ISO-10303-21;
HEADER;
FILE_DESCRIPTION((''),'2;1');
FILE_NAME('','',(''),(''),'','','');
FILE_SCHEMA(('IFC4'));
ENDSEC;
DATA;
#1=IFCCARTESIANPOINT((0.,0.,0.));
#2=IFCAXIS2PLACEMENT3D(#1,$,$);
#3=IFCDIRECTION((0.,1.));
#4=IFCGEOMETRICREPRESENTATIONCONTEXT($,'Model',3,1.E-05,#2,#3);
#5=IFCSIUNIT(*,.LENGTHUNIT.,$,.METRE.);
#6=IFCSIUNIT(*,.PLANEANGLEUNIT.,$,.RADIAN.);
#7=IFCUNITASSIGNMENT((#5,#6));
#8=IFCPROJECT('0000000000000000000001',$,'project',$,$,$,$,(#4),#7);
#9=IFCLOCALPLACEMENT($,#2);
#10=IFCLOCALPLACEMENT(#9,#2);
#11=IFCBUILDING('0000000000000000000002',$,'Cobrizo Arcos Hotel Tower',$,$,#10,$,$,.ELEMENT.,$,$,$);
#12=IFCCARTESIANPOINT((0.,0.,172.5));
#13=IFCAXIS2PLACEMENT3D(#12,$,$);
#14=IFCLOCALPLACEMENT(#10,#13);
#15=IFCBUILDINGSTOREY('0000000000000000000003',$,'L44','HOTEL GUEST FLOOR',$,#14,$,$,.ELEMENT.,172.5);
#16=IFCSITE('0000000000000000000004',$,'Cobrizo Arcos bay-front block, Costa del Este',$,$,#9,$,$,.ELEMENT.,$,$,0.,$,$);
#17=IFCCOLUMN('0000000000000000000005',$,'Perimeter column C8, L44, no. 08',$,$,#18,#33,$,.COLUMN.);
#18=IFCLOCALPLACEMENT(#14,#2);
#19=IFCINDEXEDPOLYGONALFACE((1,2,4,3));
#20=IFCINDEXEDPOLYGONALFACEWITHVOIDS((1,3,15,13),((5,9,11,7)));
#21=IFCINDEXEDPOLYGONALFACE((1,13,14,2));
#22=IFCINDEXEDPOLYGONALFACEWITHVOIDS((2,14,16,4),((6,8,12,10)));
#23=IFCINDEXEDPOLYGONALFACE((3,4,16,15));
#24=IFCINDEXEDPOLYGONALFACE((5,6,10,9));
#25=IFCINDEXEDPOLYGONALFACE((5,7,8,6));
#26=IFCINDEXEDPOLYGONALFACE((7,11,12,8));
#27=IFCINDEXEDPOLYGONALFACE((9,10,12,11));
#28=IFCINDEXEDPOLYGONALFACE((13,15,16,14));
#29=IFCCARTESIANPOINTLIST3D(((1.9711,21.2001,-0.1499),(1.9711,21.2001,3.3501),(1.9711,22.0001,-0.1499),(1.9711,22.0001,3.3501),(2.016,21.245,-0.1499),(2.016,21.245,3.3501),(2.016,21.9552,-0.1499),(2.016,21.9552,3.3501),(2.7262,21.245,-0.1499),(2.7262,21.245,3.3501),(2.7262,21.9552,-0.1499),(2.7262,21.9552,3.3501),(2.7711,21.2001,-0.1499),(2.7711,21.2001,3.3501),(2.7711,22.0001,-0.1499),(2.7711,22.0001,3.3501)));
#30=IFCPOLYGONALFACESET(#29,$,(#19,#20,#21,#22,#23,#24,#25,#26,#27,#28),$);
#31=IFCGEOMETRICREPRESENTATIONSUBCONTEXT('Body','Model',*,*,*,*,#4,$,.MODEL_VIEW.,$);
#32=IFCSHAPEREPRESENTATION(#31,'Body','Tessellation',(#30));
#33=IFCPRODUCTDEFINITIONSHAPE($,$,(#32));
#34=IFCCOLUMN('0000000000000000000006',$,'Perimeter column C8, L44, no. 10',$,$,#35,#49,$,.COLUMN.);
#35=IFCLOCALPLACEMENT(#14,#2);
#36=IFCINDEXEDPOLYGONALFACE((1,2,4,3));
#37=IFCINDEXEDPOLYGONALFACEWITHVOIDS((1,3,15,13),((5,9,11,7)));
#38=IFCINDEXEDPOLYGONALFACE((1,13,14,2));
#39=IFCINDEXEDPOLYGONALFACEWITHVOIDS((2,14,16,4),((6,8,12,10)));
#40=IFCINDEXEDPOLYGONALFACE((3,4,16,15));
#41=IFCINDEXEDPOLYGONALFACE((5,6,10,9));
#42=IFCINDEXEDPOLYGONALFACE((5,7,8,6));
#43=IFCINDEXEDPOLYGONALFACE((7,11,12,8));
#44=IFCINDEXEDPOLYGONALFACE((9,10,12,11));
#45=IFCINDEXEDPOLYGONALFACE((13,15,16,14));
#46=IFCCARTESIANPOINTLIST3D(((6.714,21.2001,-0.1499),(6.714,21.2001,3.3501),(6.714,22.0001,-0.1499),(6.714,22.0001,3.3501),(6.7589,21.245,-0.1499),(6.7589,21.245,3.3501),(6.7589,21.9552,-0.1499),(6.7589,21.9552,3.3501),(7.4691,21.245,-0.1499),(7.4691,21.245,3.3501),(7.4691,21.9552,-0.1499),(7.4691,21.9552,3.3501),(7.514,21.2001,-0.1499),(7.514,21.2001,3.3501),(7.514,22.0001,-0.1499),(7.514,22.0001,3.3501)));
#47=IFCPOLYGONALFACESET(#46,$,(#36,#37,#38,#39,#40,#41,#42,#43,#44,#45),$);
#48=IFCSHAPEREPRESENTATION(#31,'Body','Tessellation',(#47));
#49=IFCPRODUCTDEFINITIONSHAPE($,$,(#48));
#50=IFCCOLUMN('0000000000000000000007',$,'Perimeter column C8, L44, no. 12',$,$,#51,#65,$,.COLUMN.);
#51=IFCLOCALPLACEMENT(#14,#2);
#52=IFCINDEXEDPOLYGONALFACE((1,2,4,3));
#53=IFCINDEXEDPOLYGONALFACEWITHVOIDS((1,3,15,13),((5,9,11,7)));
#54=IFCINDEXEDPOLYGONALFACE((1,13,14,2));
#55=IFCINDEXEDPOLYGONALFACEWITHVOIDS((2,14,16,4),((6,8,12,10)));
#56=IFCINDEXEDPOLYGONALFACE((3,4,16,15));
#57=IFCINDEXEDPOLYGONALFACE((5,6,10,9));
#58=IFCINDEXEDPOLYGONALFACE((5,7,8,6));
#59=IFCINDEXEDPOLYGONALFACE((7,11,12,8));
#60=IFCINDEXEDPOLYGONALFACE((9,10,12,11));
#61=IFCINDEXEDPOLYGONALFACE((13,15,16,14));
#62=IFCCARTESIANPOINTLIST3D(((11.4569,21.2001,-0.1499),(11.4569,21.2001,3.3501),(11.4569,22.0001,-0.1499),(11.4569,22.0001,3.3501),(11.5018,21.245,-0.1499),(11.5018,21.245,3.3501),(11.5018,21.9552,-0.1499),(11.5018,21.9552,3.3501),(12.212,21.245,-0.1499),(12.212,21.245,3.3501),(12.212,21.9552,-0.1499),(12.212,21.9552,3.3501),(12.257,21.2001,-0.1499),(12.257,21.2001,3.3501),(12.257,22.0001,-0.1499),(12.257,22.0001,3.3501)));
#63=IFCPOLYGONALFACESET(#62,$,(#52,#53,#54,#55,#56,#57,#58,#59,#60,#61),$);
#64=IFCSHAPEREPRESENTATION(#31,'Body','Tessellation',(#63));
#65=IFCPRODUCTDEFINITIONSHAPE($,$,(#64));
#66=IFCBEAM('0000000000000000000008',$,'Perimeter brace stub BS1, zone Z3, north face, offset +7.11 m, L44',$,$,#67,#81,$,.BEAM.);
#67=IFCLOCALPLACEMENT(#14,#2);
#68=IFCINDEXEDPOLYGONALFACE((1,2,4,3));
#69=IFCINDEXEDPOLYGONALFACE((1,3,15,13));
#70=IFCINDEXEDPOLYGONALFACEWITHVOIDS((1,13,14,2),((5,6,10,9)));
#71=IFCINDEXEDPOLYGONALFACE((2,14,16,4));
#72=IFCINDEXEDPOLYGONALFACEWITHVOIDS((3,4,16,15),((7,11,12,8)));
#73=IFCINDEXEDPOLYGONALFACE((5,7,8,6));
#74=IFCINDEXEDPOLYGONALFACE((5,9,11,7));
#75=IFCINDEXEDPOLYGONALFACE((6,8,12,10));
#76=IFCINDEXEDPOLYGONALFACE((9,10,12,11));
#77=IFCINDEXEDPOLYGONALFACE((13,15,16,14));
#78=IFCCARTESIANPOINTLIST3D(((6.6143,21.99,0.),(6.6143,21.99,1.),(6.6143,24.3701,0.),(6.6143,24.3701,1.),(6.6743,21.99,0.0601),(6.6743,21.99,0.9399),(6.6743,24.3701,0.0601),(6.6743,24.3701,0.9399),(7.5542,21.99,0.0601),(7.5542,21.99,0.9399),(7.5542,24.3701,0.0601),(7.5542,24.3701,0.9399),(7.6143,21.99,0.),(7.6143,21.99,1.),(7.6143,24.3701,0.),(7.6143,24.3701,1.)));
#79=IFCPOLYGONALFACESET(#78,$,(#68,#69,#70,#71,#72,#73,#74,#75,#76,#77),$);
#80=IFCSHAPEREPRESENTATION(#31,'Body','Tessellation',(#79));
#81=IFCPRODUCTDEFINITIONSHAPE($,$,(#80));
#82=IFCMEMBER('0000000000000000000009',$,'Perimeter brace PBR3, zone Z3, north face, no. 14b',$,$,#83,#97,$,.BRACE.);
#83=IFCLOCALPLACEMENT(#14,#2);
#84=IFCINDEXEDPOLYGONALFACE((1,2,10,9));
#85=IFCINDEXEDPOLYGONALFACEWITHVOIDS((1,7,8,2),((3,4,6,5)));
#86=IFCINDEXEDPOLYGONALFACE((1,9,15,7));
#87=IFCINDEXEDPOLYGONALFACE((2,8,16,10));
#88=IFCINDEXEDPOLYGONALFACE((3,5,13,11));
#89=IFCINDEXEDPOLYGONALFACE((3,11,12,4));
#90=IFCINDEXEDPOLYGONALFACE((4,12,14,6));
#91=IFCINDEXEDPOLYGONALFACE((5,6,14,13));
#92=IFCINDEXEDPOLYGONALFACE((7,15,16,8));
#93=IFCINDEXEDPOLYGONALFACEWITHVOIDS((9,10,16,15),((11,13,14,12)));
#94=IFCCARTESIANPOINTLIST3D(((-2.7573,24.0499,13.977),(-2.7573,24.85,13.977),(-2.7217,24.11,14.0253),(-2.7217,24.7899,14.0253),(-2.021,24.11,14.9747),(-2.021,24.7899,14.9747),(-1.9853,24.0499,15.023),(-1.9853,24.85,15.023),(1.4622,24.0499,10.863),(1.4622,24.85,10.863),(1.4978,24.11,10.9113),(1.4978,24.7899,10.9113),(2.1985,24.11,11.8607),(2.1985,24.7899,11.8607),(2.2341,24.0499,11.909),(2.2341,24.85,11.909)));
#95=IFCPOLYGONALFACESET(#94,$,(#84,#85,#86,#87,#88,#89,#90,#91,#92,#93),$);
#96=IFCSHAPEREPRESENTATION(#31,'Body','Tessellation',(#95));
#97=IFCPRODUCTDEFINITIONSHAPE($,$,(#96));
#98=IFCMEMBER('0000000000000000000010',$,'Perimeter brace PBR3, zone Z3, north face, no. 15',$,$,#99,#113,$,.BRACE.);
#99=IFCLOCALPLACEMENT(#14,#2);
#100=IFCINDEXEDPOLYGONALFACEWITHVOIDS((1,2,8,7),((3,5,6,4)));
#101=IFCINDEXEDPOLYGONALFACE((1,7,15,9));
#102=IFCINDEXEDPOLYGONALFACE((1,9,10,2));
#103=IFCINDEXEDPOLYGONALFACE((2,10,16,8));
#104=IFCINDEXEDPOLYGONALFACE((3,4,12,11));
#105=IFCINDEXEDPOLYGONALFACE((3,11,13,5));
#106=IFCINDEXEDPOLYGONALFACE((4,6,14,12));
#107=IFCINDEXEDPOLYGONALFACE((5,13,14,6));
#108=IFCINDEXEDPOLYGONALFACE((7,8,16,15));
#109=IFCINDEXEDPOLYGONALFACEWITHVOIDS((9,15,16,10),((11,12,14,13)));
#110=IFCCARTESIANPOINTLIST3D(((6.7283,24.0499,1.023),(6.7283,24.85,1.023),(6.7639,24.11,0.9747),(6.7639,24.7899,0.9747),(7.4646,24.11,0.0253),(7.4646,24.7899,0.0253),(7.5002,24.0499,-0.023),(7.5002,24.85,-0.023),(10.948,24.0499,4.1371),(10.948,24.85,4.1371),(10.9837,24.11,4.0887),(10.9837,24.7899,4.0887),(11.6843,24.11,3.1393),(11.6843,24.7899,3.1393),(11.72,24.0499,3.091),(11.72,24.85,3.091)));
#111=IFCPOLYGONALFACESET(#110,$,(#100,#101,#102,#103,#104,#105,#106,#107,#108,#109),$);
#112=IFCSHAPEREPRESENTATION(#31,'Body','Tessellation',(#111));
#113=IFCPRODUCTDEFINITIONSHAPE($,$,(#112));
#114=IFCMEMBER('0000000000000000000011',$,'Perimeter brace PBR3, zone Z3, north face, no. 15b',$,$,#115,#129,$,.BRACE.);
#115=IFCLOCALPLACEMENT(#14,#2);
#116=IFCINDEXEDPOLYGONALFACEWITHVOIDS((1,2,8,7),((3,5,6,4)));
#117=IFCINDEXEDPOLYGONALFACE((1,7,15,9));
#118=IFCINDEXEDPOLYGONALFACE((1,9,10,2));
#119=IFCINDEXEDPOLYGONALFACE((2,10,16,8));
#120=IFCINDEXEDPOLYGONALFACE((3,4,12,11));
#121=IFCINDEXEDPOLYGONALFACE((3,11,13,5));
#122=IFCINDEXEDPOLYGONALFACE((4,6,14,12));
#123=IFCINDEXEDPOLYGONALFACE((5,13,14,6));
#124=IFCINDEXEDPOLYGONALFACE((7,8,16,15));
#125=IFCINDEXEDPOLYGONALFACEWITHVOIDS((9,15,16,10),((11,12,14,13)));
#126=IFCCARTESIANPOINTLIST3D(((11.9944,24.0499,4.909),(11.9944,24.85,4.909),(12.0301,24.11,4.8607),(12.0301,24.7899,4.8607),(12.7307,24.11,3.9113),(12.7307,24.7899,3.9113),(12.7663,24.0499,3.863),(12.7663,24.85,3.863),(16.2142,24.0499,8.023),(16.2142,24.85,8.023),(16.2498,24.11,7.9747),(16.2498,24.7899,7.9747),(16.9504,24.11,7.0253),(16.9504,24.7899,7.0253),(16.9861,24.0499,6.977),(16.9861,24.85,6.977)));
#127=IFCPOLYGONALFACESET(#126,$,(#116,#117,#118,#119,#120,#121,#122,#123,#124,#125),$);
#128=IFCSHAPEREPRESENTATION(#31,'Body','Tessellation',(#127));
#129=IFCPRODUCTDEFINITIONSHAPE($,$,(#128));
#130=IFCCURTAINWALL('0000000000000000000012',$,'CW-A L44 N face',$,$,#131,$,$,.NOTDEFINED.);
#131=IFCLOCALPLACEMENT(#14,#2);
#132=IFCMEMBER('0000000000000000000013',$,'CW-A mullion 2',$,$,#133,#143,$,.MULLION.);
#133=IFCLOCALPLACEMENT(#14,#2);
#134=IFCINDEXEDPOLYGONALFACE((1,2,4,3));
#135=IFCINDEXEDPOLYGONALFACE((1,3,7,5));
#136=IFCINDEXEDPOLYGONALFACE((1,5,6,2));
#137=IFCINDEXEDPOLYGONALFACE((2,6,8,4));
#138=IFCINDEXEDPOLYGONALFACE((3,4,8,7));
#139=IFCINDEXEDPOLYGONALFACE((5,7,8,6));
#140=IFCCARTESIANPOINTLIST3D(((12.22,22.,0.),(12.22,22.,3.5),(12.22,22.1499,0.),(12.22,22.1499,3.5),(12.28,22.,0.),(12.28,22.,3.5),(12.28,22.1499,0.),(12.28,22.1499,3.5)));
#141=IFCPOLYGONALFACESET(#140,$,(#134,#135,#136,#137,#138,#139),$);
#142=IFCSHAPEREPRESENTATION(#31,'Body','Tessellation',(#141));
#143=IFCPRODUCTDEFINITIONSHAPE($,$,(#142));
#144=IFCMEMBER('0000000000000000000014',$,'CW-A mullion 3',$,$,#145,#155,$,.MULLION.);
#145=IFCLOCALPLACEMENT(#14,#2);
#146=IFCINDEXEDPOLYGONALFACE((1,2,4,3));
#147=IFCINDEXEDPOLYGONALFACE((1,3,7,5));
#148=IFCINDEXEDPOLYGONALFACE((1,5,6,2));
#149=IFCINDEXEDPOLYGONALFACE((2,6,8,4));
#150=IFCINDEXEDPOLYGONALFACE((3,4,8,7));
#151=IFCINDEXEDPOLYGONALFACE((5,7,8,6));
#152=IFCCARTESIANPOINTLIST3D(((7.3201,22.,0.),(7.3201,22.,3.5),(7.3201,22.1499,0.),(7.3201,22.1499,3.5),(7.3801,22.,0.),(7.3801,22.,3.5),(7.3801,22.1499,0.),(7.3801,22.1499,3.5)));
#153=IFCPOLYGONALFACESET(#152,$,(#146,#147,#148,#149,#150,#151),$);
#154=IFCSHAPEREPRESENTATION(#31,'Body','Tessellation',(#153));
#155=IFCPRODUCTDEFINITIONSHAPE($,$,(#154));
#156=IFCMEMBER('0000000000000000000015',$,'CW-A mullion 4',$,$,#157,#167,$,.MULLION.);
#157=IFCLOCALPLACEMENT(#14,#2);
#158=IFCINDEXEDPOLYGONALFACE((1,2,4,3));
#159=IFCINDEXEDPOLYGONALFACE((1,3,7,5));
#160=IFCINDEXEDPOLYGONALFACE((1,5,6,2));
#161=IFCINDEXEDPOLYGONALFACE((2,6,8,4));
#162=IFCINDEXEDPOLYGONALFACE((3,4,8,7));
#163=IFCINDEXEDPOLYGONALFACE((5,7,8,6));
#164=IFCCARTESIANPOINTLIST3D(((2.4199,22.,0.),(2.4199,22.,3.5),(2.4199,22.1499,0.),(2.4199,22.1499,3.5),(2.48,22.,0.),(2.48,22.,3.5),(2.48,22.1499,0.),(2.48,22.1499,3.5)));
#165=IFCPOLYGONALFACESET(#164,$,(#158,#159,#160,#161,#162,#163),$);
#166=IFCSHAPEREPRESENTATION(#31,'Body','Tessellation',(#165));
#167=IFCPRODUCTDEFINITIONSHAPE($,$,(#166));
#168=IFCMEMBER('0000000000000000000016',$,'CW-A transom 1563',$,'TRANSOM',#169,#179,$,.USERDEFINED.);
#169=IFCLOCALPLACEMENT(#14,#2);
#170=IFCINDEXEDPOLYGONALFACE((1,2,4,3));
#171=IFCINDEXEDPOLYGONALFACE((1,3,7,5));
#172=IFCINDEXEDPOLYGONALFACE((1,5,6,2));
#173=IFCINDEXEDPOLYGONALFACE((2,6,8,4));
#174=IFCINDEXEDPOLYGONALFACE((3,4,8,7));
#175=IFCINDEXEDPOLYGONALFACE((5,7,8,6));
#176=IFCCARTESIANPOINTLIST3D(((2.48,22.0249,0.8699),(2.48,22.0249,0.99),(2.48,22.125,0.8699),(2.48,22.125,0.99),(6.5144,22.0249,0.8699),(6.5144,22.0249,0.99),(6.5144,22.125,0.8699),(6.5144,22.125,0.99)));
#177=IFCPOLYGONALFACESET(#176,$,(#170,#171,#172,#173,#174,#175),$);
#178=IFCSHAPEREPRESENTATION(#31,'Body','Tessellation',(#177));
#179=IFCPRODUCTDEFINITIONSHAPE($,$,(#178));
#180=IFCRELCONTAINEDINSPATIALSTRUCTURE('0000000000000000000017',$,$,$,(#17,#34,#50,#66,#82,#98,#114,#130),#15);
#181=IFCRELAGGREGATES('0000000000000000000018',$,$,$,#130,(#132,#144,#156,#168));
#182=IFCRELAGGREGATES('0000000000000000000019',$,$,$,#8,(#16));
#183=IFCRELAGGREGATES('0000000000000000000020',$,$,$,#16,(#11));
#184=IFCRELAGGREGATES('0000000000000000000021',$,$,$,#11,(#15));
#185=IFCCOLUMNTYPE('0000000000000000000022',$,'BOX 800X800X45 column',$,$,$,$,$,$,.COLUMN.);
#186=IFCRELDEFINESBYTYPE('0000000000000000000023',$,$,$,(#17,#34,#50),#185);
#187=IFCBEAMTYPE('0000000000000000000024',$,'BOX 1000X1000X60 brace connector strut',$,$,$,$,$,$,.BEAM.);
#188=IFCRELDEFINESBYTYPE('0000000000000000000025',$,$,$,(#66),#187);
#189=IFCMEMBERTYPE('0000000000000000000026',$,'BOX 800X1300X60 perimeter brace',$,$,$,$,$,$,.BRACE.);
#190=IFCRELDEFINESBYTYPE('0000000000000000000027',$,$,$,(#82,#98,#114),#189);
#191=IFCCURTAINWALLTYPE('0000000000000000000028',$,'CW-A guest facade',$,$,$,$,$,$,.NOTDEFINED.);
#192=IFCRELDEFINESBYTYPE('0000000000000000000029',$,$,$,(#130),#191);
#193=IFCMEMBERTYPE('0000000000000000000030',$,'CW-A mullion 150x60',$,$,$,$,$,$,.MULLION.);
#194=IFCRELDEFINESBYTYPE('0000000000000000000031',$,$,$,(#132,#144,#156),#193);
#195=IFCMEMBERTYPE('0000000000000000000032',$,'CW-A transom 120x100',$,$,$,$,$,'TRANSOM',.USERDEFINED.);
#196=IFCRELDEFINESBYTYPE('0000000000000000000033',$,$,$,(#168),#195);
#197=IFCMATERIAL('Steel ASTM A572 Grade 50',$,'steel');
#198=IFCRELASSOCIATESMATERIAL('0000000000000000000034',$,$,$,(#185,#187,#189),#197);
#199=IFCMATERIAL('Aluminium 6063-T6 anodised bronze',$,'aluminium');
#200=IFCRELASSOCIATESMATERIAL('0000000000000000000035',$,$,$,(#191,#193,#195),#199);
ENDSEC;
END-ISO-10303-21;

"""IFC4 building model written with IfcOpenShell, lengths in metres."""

from ifc_helpers import new_model, si_unit, direction, frame, origin, origin_2d, place, context, subcontext, project, spatial, rectangle, hollow_rectangle, extrude, material, material_profile, profile_set, type_object, element, aggregate, save


model = new_model("IFC4")

# Units and contexts
model_context = context("Model", 3, precision=1e-05, world=origin(), true_north=direction((0.0, 1.0)))
body_context = subcontext(model_context, "Body", "Model", "MODEL_VIEW")
ifc_project = project(units=[si_unit("LENGTHUNIT", "METRE"), si_unit("PLANEANGLEUNIT", "RADIAN")], contexts=[model_context])

# Site, building, storey
site_placement = place(None, origin())
site = spatial("IfcSite", under=ifc_project, at=site_placement, Name="Cobrizo Arcos bay-front block, Costa del Este", CompositionType="ELEMENT", RefElevation=0.0)
building_placement = place(site_placement, origin())
building = spatial("IfcBuilding", under=site, at=building_placement, Name="Cobrizo Arcos Hotel Tower", CompositionType="ELEMENT")
storey_placement = place(building_placement, frame((0.0, 0.0, 172.5)))
storey = spatial("IfcBuildingStorey", under=building, at=storey_placement, Name="L44", Description="HOTEL GUEST FLOOR", CompositionType="ELEMENT", Elevation=172.5)

# Columns
ifc_material_1 = material(Name="Steel ASTM A572 Grade 50", Category="steel")
ifc_material_profile_1 = material_profile(ifc_material_1, hollow_rectangle(XDim=0.8, YDim=0.8, WallThickness=0.0449, at=origin_2d()), Name="BOX 800X800X45")
ifc_profile_set_1 = profile_set([ifc_material_profile_1], Name="Steel ASTM A572 Grade 50")
column_type = type_object("IfcColumnType", Name="BOX 800X800X45 column", PredefinedType="COLUMN", material=ifc_profile_set_1)
for number, where, z_axis, x_axis, name in (
    (1, (2.3711, 21.6001, -0.1499), (0.0, 0.0, 1.0), (1.0, 0.0, 0.0), "Perimeter column C8, L44, no. 08"),
    (2, (7.114, 21.6001, -0.1499), (0.0, 0.0, 1.0), (1.0, 0.0, 0.0), "Perimeter column C8, L44, no. 10"),
    (3, (11.8569, 21.6001, -0.1499), (0.0, 0.0, 1.0), (1.0, 0.0, 0.0), "Perimeter column C8, L44, no. 12"),
):
    element("IfcColumn", number, at=place(storey_placement, frame(where, z_axis=z_axis, x_axis=x_axis)), inside=storey, type_object=column_type, Name=name, PredefinedType="COLUMN", context=body_context, shape_type="SweptSolid", body=[
        extrude(hollow_rectangle(XDim=0.8, YDim=0.8, WallThickness=0.0449, at=origin_2d()), origin(), (0.0, 0.0, 1.0), 3.5),
    ])

# Beam
ifc_material_profile_2 = material_profile(ifc_material_1, hollow_rectangle(XDim=1.0, YDim=1.0, WallThickness=0.0601, at=origin_2d()), Name="BOX 1000X1000X60")
ifc_profile_set_2 = profile_set([ifc_material_profile_2], Name="Steel ASTM A572 Grade 50")
beam_type_1 = type_object("IfcBeamType", Name="BOX 1000X1000X60 brace connector strut", PredefinedType="BEAM", material=ifc_profile_set_2)
beam_1_placement = place(storey_placement, frame((7.1143, 21.99, 0.5), z_axis=(0.0, 1.0, 0.0), x_axis=(-1.0, 0.0, 0.0)))
element("IfcBeam", 4, at=beam_1_placement, inside=storey, type_object=beam_type_1, Name="Perimeter brace stub BS1, zone Z3, north face, offset +7.11 m, L44", PredefinedType="BEAM", context=body_context, shape_type="SweptSolid", body=[
    extrude(hollow_rectangle(XDim=1.0, YDim=1.0, WallThickness=0.0601, at=origin_2d()), origin(), (0.0, 0.0, 1.0), 2.3801),
])

# Members
ifc_material_profile_3 = material_profile(ifc_material_1, hollow_rectangle(XDim=0.8, YDim=1.3, WallThickness=0.0601, at=origin_2d()), Name="BOX 800X1300X60")
ifc_profile_set_3 = profile_set([ifc_material_profile_3], Name="Steel ASTM A572 Grade 50")
member_type_1 = type_object("IfcMemberType", Name="BOX 800X1300X60 perimeter brace", PredefinedType="BRACE", material=ifc_profile_set_3)
member_1_placement = place(storey_placement, frame((1.8481, 24.45, 11.386), z_axis=(-0.804607, 0.0, 0.593807), x_axis=(0.0, -1.0, 0.0)))
element("IfcMember", 5, at=member_1_placement, inside=storey, type_object=member_type_1, Name="Perimeter brace PBR3, zone Z3, north face, no. 14b", PredefinedType="BRACE", context=body_context, shape_type="SweptSolid", body=[
    extrude(hollow_rectangle(XDim=0.8, YDim=1.3, WallThickness=0.0601, at=origin_2d()), origin(), (0.0, 0.0, 1.0), 5.2441),
])
for number, where, z_axis, x_axis, name in (
    (6, (7.1143, 24.45, 0.5), (0.804624, 0.0, 0.593785), (0.0, 1.0, 0.0), "Perimeter brace PBR3, zone Z3, north face, no. 15"),
    (7, (12.3804, 24.45, 4.386), (0.804624, 0.0, 0.593785), (0.0, 1.0, 0.0), "Perimeter brace PBR3, zone Z3, north face, no. 15b"),
):
    element("IfcMember", number, at=place(storey_placement, frame(where, z_axis=z_axis, x_axis=x_axis)), inside=storey, type_object=member_type_1, Name=name, PredefinedType="BRACE", context=body_context, shape_type="SweptSolid", body=[
        extrude(hollow_rectangle(XDim=0.8, YDim=1.3, WallThickness=0.0601, at=origin_2d()), origin(), (0.0, 0.0, 1.0), 5.2444),
    ])

# Curtain wall, members
ifc_material_2 = material(Name="Aluminium 6063-T6 anodised bronze", Category="aluminium")
curtain_wall_type = type_object("IfcCurtainWallType", Name="CW-A guest facade", PredefinedType="NOTDEFINED", material=ifc_material_2)
curtain_wall_placement = place(storey_placement, origin())
curtain_wall = element("IfcCurtainWall", 8, at=curtain_wall_placement, inside=storey, type_object=curtain_wall_type, Name="CW-A L44 N face", PredefinedType="NOTDEFINED")
ifc_material_profile_4 = material_profile(ifc_material_2, rectangle(XDim=0.1499, YDim=0.0601, at=origin_2d()), Name="CW-A mullion 150x60")
ifc_profile_set_4 = profile_set([ifc_material_profile_4], Name="Aluminium 6063-T6 anodised bronze")
member_type_2 = type_object("IfcMemberType", Name="CW-A mullion 150x60", PredefinedType="MULLION", material=ifc_profile_set_4)
member_2_placement = place(storey_placement, frame((12.25, 22.075, 0.0), z_axis=(0.0, 0.0, 1.0), x_axis=(0.0, 1.0, 0.0)))
member_2 = element("IfcMember", 9, at=member_2_placement, type_object=member_type_2, Name="CW-A mullion 2", PredefinedType="MULLION", context=body_context, shape_type="SweptSolid", body=[
    extrude(rectangle(XDim=0.1499, YDim=0.0601, at=origin_2d()), origin(), (0.0, 0.0, 1.0), 3.5),
])
member_3_placement = place(storey_placement, frame((7.3501, 22.075, 0.0), z_axis=(0.0, 0.0, 1.0), x_axis=(0.0, 1.0, 0.0)))
member_3 = element("IfcMember", 10, at=member_3_placement, type_object=member_type_2, Name="CW-A mullion 3", PredefinedType="MULLION", context=body_context, shape_type="SweptSolid", body=[
    extrude(rectangle(XDim=0.1499, YDim=0.0601, at=origin_2d()), origin(), (0.0, 0.0, 1.0), 3.5),
])
member_4_placement = place(storey_placement, frame((2.45, 22.075, 0.0), z_axis=(0.0, 0.0, 1.0), x_axis=(0.0, 1.0, 0.0)))
member_4 = element("IfcMember", 11, at=member_4_placement, type_object=member_type_2, Name="CW-A mullion 4", PredefinedType="MULLION", context=body_context, shape_type="SweptSolid", body=[
    extrude(rectangle(XDim=0.1499, YDim=0.0601, at=origin_2d()), origin(), (0.0, 0.0, 1.0), 3.5),
])
ifc_material_profile_5 = material_profile(ifc_material_2, rectangle(XDim=0.1001, YDim=0.1201, at=origin_2d()), Name="CW-A transom 120x100")
ifc_profile_set_5 = profile_set([ifc_material_profile_5], Name="Aluminium 6063-T6 anodised bronze")
member_type_3 = type_object("IfcMemberType", Name="CW-A transom 120x100", ElementType="TRANSOM", PredefinedType="USERDEFINED", material=ifc_profile_set_5)
member_5_placement = place(storey_placement, frame((6.5144, 22.075, 0.9299), z_axis=(-1.0, 0.0, 0.0), x_axis=(0.0, -1.0, 0.0)))
member_5 = element("IfcMember", 12, at=member_5_placement, type_object=member_type_3, Name="CW-A transom 1563", ObjectType="TRANSOM", PredefinedType="USERDEFINED", context=body_context, shape_type="SweptSolid", body=[
    extrude(rectangle(XDim=0.1001, YDim=0.1201, at=origin_2d()), origin(), (0.0, 0.0, 1.0), 4.0344),
])

aggregate(curtain_wall, [member_2, member_3, member_4, member_5])

save(model, "model.ifc")
